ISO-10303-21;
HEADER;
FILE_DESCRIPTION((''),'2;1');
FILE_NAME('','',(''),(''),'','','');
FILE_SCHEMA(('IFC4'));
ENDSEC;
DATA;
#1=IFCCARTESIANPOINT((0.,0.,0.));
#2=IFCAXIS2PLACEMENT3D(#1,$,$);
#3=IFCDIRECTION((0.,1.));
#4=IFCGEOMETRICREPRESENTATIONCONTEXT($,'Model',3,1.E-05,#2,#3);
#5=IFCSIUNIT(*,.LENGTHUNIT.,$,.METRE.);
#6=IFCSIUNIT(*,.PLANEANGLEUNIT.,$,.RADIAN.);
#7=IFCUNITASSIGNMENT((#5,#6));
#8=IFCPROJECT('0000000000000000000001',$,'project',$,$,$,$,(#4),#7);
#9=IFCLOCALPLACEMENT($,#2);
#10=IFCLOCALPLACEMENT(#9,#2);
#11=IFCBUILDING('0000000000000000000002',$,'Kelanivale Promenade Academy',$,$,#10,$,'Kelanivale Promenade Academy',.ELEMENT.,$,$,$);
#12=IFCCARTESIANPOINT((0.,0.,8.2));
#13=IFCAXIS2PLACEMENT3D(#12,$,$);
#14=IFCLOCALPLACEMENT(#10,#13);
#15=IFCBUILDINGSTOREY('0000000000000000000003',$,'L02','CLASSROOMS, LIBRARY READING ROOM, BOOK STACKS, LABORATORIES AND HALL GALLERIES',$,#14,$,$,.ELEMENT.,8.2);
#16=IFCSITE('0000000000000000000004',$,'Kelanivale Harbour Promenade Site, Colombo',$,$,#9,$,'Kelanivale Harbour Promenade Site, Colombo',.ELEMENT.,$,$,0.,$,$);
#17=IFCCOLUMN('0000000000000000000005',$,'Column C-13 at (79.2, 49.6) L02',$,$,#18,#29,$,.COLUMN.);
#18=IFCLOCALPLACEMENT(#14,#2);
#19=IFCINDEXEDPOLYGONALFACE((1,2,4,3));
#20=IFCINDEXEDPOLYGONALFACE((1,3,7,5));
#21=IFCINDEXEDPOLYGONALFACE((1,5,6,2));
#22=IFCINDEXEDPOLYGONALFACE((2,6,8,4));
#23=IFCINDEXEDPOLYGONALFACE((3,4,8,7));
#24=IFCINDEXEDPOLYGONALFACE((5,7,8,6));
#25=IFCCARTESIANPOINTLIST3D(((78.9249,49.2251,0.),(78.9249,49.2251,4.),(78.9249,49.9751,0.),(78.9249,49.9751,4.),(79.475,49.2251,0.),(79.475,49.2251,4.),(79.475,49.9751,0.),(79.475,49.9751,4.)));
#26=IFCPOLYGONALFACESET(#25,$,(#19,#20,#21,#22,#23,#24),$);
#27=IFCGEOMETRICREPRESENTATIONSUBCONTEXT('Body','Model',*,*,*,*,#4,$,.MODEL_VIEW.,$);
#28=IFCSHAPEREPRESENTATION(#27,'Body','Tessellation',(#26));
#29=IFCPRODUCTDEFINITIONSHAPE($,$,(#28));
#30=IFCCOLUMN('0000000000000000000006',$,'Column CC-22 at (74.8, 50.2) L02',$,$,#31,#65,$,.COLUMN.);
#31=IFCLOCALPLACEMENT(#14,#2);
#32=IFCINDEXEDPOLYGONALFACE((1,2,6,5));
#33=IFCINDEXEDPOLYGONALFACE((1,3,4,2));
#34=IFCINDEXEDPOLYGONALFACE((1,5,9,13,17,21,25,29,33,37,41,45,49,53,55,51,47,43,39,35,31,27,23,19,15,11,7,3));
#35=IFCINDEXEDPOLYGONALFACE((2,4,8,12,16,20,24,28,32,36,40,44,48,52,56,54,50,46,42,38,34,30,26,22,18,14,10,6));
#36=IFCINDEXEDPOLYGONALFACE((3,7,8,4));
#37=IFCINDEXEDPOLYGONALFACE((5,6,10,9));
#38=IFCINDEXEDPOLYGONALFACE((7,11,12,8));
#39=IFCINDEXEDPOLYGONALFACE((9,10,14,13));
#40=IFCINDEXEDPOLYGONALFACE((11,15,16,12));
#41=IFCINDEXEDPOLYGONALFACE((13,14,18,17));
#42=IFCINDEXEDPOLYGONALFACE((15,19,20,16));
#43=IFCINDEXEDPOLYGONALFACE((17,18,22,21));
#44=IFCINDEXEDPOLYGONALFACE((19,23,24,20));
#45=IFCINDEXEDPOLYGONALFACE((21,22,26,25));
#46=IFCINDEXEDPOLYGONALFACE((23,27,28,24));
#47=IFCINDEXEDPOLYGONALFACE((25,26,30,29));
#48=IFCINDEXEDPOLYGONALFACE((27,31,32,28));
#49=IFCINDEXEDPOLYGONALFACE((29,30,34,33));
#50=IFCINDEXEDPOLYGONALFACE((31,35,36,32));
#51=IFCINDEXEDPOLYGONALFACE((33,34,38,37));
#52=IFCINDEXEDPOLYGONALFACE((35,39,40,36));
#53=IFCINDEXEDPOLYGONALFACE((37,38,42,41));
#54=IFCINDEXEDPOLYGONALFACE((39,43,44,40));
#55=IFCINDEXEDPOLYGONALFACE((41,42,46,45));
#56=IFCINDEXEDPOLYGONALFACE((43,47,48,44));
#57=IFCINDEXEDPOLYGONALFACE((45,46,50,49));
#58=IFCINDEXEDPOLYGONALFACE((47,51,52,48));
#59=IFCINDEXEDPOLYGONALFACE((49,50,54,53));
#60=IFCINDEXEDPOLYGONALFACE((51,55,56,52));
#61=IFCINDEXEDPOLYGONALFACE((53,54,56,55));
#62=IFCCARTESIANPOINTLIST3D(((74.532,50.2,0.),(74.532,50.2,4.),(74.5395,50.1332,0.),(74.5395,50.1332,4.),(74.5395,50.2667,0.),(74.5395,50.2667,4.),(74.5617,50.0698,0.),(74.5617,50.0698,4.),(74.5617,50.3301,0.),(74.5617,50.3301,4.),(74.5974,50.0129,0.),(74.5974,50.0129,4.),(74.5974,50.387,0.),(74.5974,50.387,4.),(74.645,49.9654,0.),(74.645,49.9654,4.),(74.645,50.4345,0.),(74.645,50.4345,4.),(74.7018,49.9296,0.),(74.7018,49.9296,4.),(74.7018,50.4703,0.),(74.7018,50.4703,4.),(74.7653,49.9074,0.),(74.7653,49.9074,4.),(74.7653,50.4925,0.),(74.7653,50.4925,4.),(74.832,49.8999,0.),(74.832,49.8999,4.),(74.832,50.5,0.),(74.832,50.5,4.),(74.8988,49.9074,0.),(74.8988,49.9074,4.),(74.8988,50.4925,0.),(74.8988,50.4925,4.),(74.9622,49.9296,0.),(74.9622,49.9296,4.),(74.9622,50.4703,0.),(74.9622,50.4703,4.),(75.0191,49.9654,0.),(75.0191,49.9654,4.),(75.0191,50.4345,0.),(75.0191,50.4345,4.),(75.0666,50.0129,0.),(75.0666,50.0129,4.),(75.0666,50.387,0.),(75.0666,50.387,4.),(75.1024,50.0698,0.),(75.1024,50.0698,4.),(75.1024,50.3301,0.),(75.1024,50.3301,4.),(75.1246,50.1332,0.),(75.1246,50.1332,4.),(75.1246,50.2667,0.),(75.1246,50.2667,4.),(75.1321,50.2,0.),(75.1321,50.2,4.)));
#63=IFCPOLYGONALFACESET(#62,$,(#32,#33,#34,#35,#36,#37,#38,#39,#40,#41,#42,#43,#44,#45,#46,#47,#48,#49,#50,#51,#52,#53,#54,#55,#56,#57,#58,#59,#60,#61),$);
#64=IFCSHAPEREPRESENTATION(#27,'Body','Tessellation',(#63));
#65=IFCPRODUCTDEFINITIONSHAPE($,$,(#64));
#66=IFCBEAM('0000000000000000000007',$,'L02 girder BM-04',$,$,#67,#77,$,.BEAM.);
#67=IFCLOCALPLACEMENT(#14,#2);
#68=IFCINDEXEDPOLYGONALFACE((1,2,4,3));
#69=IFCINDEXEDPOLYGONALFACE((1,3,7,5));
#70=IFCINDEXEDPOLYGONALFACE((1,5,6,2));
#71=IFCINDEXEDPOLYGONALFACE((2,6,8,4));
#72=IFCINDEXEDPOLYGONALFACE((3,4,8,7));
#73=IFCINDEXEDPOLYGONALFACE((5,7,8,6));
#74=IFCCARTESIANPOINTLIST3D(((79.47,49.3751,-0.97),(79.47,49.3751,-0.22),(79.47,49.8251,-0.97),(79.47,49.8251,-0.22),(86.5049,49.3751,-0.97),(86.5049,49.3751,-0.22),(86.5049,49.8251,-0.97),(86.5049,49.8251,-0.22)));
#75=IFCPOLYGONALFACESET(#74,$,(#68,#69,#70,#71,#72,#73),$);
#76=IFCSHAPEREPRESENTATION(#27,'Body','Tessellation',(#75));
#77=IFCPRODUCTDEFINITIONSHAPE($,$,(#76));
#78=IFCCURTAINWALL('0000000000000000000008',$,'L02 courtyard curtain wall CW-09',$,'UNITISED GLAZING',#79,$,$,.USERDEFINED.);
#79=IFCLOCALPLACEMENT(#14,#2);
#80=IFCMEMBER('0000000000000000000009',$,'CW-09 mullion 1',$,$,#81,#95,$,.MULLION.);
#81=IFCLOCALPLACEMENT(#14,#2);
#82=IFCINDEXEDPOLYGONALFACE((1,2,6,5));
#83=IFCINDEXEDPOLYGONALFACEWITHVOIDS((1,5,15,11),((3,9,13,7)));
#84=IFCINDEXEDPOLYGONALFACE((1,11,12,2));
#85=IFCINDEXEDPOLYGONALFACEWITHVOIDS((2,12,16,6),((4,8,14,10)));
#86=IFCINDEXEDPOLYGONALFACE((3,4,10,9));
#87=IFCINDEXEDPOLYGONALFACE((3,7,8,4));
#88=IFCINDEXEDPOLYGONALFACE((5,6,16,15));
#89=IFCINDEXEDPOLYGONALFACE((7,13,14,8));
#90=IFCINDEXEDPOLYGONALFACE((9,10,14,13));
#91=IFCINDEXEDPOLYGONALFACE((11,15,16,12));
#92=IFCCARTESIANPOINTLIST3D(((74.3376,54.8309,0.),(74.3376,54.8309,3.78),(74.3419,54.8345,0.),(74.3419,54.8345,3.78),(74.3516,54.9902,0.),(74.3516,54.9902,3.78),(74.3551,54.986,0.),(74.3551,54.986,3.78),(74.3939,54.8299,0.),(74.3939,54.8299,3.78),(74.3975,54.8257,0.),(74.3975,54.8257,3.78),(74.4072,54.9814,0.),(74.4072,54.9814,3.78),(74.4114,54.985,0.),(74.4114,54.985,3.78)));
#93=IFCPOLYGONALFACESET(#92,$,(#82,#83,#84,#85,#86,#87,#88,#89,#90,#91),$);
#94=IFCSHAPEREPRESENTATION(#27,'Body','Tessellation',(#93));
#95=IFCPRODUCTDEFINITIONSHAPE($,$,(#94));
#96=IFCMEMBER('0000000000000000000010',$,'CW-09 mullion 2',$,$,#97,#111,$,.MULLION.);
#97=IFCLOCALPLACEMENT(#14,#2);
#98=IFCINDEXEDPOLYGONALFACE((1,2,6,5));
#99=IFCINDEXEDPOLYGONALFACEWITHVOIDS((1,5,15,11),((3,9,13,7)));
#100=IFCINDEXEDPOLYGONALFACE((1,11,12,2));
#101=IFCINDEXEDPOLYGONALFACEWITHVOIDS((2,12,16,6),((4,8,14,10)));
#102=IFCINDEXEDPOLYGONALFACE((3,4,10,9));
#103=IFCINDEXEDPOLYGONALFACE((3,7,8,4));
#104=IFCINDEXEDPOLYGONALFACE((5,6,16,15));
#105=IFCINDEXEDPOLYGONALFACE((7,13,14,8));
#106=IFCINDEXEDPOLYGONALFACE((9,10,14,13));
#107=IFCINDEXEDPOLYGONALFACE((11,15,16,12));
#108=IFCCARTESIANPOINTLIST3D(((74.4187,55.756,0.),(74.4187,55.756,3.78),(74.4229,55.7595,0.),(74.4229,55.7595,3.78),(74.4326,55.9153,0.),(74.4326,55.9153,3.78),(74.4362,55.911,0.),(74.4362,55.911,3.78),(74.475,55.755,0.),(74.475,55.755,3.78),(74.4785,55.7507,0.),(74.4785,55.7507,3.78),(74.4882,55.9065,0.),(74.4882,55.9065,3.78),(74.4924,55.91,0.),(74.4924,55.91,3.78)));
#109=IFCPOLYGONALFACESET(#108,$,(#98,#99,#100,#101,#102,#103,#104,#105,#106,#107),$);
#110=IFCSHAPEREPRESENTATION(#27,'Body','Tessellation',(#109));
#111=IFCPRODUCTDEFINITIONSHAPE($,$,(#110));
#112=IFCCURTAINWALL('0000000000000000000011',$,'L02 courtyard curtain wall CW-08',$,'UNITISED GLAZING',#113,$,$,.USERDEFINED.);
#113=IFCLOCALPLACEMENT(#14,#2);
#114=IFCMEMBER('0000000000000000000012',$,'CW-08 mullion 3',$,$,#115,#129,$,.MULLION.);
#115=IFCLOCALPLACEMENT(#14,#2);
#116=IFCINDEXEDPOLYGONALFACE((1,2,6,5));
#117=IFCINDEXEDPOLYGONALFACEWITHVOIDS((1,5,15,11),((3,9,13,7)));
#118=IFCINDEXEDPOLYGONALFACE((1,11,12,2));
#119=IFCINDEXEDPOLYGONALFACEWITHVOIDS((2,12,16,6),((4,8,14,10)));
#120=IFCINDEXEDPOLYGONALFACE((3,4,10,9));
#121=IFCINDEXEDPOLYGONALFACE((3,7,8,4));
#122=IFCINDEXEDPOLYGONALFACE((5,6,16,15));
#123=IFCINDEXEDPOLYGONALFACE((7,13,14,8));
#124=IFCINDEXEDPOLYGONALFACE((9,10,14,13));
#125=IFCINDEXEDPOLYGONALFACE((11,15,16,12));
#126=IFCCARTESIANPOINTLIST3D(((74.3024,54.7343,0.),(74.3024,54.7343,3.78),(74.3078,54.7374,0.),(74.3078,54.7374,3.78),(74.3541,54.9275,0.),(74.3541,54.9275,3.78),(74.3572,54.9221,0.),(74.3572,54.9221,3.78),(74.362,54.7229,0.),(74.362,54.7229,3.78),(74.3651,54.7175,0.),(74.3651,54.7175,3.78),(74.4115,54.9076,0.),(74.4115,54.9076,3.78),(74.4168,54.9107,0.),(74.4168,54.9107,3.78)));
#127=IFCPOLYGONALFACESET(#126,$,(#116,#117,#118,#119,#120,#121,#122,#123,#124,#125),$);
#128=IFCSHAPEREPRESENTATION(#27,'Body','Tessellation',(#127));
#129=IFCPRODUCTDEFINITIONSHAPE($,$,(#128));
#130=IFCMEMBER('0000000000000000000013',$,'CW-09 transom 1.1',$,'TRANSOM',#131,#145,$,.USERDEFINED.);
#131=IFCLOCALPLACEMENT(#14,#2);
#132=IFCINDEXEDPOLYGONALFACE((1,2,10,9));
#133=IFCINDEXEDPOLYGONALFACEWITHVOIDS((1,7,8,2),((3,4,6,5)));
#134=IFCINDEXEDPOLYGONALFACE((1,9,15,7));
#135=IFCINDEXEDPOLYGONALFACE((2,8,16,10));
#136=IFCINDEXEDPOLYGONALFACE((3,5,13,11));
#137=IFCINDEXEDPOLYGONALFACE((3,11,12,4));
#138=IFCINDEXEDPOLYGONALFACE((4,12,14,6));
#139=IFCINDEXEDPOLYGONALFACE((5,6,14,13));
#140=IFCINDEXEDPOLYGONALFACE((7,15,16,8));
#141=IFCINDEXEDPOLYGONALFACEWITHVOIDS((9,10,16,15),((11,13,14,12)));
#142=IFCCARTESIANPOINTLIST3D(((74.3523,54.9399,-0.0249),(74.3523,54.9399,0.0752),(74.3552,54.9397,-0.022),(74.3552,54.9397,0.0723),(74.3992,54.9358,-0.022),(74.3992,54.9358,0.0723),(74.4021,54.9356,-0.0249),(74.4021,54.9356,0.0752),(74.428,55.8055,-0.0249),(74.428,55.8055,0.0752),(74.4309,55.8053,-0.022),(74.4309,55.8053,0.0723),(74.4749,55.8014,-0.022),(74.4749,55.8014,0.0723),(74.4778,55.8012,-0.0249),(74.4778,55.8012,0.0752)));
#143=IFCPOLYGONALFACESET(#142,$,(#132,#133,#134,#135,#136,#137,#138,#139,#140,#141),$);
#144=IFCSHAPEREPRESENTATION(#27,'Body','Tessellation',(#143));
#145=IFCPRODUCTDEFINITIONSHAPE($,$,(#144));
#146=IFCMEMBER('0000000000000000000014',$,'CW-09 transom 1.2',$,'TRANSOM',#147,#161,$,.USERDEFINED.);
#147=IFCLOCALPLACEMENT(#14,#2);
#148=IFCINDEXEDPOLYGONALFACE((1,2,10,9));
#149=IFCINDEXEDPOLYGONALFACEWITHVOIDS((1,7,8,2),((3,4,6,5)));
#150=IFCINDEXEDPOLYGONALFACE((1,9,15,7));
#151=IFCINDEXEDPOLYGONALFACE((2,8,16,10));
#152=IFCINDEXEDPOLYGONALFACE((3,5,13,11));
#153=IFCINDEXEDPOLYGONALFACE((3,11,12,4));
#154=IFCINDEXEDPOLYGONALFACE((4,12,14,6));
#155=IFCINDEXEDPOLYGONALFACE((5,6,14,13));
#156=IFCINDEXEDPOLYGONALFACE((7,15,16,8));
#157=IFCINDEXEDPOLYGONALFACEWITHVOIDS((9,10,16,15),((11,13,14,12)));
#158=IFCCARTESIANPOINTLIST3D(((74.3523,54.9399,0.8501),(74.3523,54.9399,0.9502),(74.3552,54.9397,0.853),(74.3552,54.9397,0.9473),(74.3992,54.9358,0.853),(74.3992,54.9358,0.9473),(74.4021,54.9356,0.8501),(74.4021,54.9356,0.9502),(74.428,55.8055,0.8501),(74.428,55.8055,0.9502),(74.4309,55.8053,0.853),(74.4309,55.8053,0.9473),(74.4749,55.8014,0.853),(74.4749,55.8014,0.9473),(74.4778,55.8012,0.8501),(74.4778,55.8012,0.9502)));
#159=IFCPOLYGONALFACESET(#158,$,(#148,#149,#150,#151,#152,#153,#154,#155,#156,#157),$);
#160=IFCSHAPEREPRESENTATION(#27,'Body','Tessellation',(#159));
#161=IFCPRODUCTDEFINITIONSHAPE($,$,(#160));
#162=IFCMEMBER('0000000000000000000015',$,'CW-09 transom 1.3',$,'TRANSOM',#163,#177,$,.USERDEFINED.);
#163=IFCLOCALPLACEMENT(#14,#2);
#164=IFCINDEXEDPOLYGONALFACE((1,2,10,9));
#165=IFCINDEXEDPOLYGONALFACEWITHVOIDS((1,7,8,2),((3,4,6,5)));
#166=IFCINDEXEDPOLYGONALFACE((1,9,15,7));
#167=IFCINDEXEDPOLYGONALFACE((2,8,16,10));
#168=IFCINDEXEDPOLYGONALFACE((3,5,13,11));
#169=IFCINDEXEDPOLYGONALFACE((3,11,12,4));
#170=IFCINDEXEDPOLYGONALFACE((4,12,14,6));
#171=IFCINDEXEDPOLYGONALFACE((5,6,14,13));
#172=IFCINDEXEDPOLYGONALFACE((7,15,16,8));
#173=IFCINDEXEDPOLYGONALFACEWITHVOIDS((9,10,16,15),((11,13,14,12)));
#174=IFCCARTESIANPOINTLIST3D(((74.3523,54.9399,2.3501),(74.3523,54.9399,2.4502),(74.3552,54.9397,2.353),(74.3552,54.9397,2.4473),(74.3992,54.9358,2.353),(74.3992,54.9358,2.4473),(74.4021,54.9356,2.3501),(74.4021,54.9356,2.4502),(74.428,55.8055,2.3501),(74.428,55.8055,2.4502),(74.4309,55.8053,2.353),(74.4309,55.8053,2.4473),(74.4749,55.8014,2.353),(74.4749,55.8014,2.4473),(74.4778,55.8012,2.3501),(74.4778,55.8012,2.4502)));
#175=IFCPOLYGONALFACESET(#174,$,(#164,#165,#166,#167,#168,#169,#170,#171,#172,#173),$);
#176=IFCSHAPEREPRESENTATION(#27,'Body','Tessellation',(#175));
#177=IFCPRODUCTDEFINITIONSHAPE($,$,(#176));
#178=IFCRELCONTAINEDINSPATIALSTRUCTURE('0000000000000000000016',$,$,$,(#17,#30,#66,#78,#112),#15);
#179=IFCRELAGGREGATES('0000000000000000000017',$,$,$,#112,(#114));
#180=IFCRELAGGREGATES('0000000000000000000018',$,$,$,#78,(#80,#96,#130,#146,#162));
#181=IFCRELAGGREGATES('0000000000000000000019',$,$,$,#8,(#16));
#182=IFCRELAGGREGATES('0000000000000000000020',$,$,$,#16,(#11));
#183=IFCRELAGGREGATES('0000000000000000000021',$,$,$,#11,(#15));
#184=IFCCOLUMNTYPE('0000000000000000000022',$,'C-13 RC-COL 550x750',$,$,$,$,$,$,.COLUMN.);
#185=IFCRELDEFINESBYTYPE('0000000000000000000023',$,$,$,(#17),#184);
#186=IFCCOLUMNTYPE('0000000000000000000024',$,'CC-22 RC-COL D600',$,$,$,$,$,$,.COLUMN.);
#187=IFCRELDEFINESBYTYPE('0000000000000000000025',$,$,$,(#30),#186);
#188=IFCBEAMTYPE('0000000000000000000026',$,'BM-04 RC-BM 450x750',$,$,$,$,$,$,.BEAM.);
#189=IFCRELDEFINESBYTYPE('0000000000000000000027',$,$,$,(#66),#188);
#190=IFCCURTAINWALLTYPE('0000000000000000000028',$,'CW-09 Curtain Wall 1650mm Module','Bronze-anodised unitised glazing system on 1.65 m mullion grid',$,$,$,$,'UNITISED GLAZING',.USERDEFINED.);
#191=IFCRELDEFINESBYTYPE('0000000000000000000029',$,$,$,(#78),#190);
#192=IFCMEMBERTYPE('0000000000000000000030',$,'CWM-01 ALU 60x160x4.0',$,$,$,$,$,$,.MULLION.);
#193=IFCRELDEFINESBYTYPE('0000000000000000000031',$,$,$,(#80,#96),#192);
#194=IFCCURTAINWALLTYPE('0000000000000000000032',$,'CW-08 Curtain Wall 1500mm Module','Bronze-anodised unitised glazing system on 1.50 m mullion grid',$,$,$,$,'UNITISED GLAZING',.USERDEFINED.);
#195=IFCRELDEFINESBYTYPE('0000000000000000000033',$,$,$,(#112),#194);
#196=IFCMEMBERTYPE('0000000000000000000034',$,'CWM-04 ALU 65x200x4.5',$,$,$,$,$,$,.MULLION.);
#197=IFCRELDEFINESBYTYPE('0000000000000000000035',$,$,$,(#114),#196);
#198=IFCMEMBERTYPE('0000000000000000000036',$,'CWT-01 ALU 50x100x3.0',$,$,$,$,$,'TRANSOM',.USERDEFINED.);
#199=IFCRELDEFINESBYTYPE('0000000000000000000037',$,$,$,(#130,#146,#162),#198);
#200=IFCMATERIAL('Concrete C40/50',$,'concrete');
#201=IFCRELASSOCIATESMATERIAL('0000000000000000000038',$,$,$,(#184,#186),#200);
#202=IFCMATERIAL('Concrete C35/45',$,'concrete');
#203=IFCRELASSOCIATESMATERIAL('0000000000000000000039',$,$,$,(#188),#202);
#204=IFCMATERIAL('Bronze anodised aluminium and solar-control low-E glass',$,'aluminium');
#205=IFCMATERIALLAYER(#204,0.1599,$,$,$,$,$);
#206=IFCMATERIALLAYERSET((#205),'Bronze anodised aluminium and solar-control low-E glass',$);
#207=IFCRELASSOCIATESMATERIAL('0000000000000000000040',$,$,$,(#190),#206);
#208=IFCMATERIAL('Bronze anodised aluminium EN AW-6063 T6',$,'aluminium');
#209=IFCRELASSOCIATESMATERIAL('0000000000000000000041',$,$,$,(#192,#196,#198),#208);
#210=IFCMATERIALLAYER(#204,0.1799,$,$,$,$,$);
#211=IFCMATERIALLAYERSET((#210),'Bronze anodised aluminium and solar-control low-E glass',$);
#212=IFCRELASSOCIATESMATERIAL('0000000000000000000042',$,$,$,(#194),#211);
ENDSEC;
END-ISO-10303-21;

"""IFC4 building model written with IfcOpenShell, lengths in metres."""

from ifc_helpers import new_model, si_unit, direction, frame, origin, origin_2d, place, context, subcontext, project, spatial, rectangle, hollow_rectangle, circle, extrude, material, layer, layer_set, material_profile, profile_set, type_object, element, aggregate, save


model = new_model("IFC4")

# Units and contexts
model_context = context("Model", 3, precision=1e-05, world=origin(), true_north=direction((0.0, 1.0)))
body_context = subcontext(model_context, "Body", "Model", "MODEL_VIEW")
ifc_project = project(units=[si_unit("LENGTHUNIT", "METRE"), si_unit("PLANEANGLEUNIT", "RADIAN")], contexts=[model_context])

# Site, building, storey
site_placement = place(None, origin())
site = spatial("IfcSite", under=ifc_project, at=site_placement, Name="Kelanivale Harbour Promenade Site, Colombo", LongName="Kelanivale Harbour Promenade Site, Colombo", CompositionType="ELEMENT", RefElevation=0.0)
building_placement = place(site_placement, origin())
building = spatial("IfcBuilding", under=site, at=building_placement, Name="Kelanivale Promenade Academy", LongName="Kelanivale Promenade Academy", CompositionType="ELEMENT")
storey_placement = place(building_placement, frame((0.0, 0.0, 8.2)))
storey = spatial("IfcBuildingStorey", under=building, at=storey_placement, Name="L02", Description="CLASSROOMS, LIBRARY READING ROOM, BOOK STACKS, LABORATORIES AND HALL GALLERIES", CompositionType="ELEMENT", Elevation=8.2)

# Columns
ifc_material_1 = material(Name="Concrete C40/50", Category="concrete")
ifc_material_profile_1 = material_profile(ifc_material_1, rectangle(XDim=0.55, YDim=0.75, at=origin_2d()), Name="RC-COL 550x750")
ifc_profile_set_1 = profile_set([ifc_material_profile_1], Name="Concrete C40/50")
column_type_1 = type_object("IfcColumnType", Name="C-13 RC-COL 550x750", PredefinedType="COLUMN", material=ifc_profile_set_1)
column_1_placement = place(storey_placement, frame((79.2, 49.6001, 0.0), z_axis=(0.0, 0.0, 1.0), x_axis=(1.0, 0.0, 0.0)))
element("IfcColumn", 1, at=column_1_placement, inside=storey, type_object=column_type_1, Name="Column C-13 at (79.2, 49.6) L02", PredefinedType="COLUMN", context=body_context, shape_type="SweptSolid", body=[
    extrude(rectangle(XDim=0.55, YDim=0.75, at=origin_2d()), origin(), (0.0, 0.0, 1.0), 4.0),
])
ifc_material_profile_2 = material_profile(ifc_material_1, circle(Radius=0.3, at=origin_2d()), Name="RC-COL D600")
ifc_profile_set_2 = profile_set([ifc_material_profile_2], Name="Concrete C40/50")
column_type_2 = type_object("IfcColumnType", Name="CC-22 RC-COL D600", PredefinedType="COLUMN", material=ifc_profile_set_2)
column_2_placement = place(storey_placement, frame((74.832, 50.2, 0.0), z_axis=(0.0, 0.0, 1.0), x_axis=(1.0, 0.0, 0.0)))
element("IfcColumn", 2, at=column_2_placement, inside=storey, type_object=column_type_2, Name="Column CC-22 at (74.8, 50.2) L02", PredefinedType="COLUMN", context=body_context, shape_type="SweptSolid", body=[
    extrude(circle(Radius=0.3, at=origin_2d()), origin(), (0.0, 0.0, 1.0), 4.0),
])

# Beam
ifc_material_2 = material(Name="Concrete C35/45", Category="concrete")
ifc_material_profile_3 = material_profile(ifc_material_2, rectangle(XDim=0.45, YDim=0.75, at=origin_2d()), Name="RC-BM 450x750")
ifc_profile_set_3 = profile_set([ifc_material_profile_3], Name="Concrete C35/45")
beam_type_1 = type_object("IfcBeamType", Name="BM-04 RC-BM 450x750", PredefinedType="BEAM", material=ifc_profile_set_3)
beam_1_placement = place(storey_placement, frame((79.47, 49.6001, -0.595), z_axis=(1.0, 0.0, 0.0), x_axis=(0.0, 1.0, 0.0)))
element("IfcBeam", 3, at=beam_1_placement, inside=storey, type_object=beam_type_1, Name="L02 girder BM-04", PredefinedType="BEAM", context=body_context, shape_type="SweptSolid", body=[
    extrude(rectangle(XDim=0.45, YDim=0.75, at=origin_2d()), origin(), (0.0, 0.0, 1.0), 7.0349),
])

# Curtain wall, members
ifc_material_3 = material(Name="Bronze anodised aluminium and solar-control low-E glass", Category="aluminium")
ifc_layer_1 = layer(ifc_material_3, 0.1599)
ifc_layer_set_1 = layer_set([ifc_layer_1], Name="Bronze anodised aluminium and solar-control low-E glass")
curtain_wall_type_1 = type_object("IfcCurtainWallType", Name="CW-09 Curtain Wall 1650mm Module", Description="Bronze-anodised unitised glazing system on 1.65 m mullion grid", ElementType="UNITISED GLAZING", PredefinedType="USERDEFINED", material=ifc_layer_set_1)
curtain_wall_1_placement = place(storey_placement, origin())
curtain_wall_1 = element("IfcCurtainWall", 4, at=curtain_wall_1_placement, inside=storey, type_object=curtain_wall_type_1, Name="L02 courtyard curtain wall CW-09", ObjectType="UNITISED GLAZING", PredefinedType="USERDEFINED")
ifc_material_4 = material(Name="Bronze anodised aluminium EN AW-6063 T6", Category="aluminium")
ifc_material_profile_4 = material_profile(ifc_material_4, hollow_rectangle(XDim=0.0601, YDim=0.1599, WallThickness=0.0039, at=origin_2d()), Name="ALU 60x160x4.0")
ifc_profile_set_4 = profile_set([ifc_material_profile_4], Name="Bronze anodised aluminium EN AW-6063 T6")
member_type_1 = type_object("IfcMemberType", Name="CWM-01 ALU 60x160x4.0", PredefinedType="MULLION", material=ifc_profile_set_4)
member_1_placement = place(storey_placement, frame((74.3745, 54.908, 0.0), z_axis=(0.0, 0.0, 1.0), x_axis=(-0.996199, 0.087102, 0.0)))
member_1 = element("IfcMember", 5, at=member_1_placement, type_object=member_type_1, Name="CW-09 mullion 1", PredefinedType="MULLION", context=body_context, shape_type="SweptSolid", body=[
    extrude(hollow_rectangle(XDim=0.0601, YDim=0.1599, WallThickness=0.0039, at=origin_2d()), origin(), (0.0, 0.0, 1.0), 3.78),
])
member_2_placement = place(storey_placement, frame((74.4556, 55.833, 0.0), z_axis=(0.0, 0.0, 1.0), x_axis=(-0.996199, 0.087102, 0.0)))
member_2 = element("IfcMember", 6, at=member_2_placement, type_object=member_type_1, Name="CW-09 mullion 2", PredefinedType="MULLION", context=body_context, shape_type="SweptSolid", body=[
    extrude(hollow_rectangle(XDim=0.0601, YDim=0.1599, WallThickness=0.0039, at=origin_2d()), origin(), (0.0, 0.0, 1.0), 3.78),
])

# Curtain wall, member
ifc_layer_2 = layer(ifc_material_3, 0.1799)
ifc_layer_set_2 = layer_set([ifc_layer_2], Name="Bronze anodised aluminium and solar-control low-E glass")
curtain_wall_type_2 = type_object("IfcCurtainWallType", Name="CW-08 Curtain Wall 1500mm Module", Description="Bronze-anodised unitised glazing system on 1.50 m mullion grid", ElementType="UNITISED GLAZING", PredefinedType="USERDEFINED", material=ifc_layer_set_2)
curtain_wall_2_placement = place(storey_placement, origin())
curtain_wall_2 = element("IfcCurtainWall", 7, at=curtain_wall_2_placement, inside=storey, type_object=curtain_wall_type_2, Name="L02 courtyard curtain wall CW-08", ObjectType="UNITISED GLAZING", PredefinedType="USERDEFINED")
ifc_material_profile_5 = material_profile(ifc_material_4, hollow_rectangle(XDim=0.0649, YDim=0.2, WallThickness=0.0044, at=origin_2d()), Name="ALU 65x200x4.5")
ifc_profile_set_5 = profile_set([ifc_material_profile_5], Name="Bronze anodised aluminium EN AW-6063 T6")
member_type_2 = type_object("IfcMemberType", Name="CWM-04 ALU 65x200x4.5", PredefinedType="MULLION", material=ifc_profile_set_5)
member_3_placement = place(storey_placement, frame((74.3596, 54.8225, 0.0), z_axis=(0.0, 0.0, 1.0), x_axis=(-0.96599, 0.258578, 0.0)))
member_3 = element("IfcMember", 8, at=member_3_placement, type_object=member_type_2, Name="CW-08 mullion 3", PredefinedType="MULLION", context=body_context, shape_type="SweptSolid", body=[
    extrude(hollow_rectangle(XDim=0.0649, YDim=0.2, WallThickness=0.0044, at=origin_2d()), origin(), (0.0, 0.0, 1.0), 3.78),
])

# Members
ifc_material_profile_6 = material_profile(ifc_material_4, hollow_rectangle(XDim=0.05, YDim=0.1001, WallThickness=0.0029, at=origin_2d()), Name="ALU 50x100x3.0")
ifc_profile_set_6 = profile_set([ifc_material_profile_6], Name="Bronze anodised aluminium EN AW-6063 T6")
member_type_3 = type_object("IfcMemberType", Name="CWT-01 ALU 50x100x3.0", ElementType="TRANSOM", PredefinedType="USERDEFINED", material=ifc_profile_set_6)
member_4_placement = place(storey_placement, frame((74.3772, 54.9377, 0.0251), z_axis=(0.087115, 0.996198, 0.0), x_axis=(-0.996198, 0.087115, 0.0)))
member_4 = element("IfcMember", 9, at=member_4_placement, type_object=member_type_3, Name="CW-09 transom 1.1", ObjectType="TRANSOM", PredefinedType="USERDEFINED", context=body_context, shape_type="SweptSolid", body=[
    extrude(hollow_rectangle(XDim=0.05, YDim=0.1001, WallThickness=0.0029, at=origin_2d()), origin(), (0.0, 0.0, 1.0), 0.8689),
])
member_5_placement = place(storey_placement, frame((74.3772, 54.9377, 0.9001), z_axis=(0.087115, 0.996198, 0.0), x_axis=(-0.996198, 0.087115, 0.0)))
member_5 = element("IfcMember", 10, at=member_5_placement, type_object=member_type_3, Name="CW-09 transom 1.2", ObjectType="TRANSOM", PredefinedType="USERDEFINED", context=body_context, shape_type="SweptSolid", body=[
    extrude(hollow_rectangle(XDim=0.05, YDim=0.1001, WallThickness=0.0029, at=origin_2d()), origin(), (0.0, 0.0, 1.0), 0.8689),
])
member_6_placement = place(storey_placement, frame((74.3772, 54.9377, 2.4001), z_axis=(0.087115, 0.996198, 0.0), x_axis=(-0.996198, 0.087115, 0.0)))
member_6 = element("IfcMember", 11, at=member_6_placement, type_object=member_type_3, Name="CW-09 transom 1.3", ObjectType="TRANSOM", PredefinedType="USERDEFINED", context=body_context, shape_type="SweptSolid", body=[
    extrude(hollow_rectangle(XDim=0.05, YDim=0.1001, WallThickness=0.0029, at=origin_2d()), origin(), (0.0, 0.0, 1.0), 0.8689),
])

aggregate(curtain_wall_2, [member_3])
aggregate(curtain_wall_1, [member_1, member_2, member_4, member_5, member_6])

save(model, "model.ifc")
